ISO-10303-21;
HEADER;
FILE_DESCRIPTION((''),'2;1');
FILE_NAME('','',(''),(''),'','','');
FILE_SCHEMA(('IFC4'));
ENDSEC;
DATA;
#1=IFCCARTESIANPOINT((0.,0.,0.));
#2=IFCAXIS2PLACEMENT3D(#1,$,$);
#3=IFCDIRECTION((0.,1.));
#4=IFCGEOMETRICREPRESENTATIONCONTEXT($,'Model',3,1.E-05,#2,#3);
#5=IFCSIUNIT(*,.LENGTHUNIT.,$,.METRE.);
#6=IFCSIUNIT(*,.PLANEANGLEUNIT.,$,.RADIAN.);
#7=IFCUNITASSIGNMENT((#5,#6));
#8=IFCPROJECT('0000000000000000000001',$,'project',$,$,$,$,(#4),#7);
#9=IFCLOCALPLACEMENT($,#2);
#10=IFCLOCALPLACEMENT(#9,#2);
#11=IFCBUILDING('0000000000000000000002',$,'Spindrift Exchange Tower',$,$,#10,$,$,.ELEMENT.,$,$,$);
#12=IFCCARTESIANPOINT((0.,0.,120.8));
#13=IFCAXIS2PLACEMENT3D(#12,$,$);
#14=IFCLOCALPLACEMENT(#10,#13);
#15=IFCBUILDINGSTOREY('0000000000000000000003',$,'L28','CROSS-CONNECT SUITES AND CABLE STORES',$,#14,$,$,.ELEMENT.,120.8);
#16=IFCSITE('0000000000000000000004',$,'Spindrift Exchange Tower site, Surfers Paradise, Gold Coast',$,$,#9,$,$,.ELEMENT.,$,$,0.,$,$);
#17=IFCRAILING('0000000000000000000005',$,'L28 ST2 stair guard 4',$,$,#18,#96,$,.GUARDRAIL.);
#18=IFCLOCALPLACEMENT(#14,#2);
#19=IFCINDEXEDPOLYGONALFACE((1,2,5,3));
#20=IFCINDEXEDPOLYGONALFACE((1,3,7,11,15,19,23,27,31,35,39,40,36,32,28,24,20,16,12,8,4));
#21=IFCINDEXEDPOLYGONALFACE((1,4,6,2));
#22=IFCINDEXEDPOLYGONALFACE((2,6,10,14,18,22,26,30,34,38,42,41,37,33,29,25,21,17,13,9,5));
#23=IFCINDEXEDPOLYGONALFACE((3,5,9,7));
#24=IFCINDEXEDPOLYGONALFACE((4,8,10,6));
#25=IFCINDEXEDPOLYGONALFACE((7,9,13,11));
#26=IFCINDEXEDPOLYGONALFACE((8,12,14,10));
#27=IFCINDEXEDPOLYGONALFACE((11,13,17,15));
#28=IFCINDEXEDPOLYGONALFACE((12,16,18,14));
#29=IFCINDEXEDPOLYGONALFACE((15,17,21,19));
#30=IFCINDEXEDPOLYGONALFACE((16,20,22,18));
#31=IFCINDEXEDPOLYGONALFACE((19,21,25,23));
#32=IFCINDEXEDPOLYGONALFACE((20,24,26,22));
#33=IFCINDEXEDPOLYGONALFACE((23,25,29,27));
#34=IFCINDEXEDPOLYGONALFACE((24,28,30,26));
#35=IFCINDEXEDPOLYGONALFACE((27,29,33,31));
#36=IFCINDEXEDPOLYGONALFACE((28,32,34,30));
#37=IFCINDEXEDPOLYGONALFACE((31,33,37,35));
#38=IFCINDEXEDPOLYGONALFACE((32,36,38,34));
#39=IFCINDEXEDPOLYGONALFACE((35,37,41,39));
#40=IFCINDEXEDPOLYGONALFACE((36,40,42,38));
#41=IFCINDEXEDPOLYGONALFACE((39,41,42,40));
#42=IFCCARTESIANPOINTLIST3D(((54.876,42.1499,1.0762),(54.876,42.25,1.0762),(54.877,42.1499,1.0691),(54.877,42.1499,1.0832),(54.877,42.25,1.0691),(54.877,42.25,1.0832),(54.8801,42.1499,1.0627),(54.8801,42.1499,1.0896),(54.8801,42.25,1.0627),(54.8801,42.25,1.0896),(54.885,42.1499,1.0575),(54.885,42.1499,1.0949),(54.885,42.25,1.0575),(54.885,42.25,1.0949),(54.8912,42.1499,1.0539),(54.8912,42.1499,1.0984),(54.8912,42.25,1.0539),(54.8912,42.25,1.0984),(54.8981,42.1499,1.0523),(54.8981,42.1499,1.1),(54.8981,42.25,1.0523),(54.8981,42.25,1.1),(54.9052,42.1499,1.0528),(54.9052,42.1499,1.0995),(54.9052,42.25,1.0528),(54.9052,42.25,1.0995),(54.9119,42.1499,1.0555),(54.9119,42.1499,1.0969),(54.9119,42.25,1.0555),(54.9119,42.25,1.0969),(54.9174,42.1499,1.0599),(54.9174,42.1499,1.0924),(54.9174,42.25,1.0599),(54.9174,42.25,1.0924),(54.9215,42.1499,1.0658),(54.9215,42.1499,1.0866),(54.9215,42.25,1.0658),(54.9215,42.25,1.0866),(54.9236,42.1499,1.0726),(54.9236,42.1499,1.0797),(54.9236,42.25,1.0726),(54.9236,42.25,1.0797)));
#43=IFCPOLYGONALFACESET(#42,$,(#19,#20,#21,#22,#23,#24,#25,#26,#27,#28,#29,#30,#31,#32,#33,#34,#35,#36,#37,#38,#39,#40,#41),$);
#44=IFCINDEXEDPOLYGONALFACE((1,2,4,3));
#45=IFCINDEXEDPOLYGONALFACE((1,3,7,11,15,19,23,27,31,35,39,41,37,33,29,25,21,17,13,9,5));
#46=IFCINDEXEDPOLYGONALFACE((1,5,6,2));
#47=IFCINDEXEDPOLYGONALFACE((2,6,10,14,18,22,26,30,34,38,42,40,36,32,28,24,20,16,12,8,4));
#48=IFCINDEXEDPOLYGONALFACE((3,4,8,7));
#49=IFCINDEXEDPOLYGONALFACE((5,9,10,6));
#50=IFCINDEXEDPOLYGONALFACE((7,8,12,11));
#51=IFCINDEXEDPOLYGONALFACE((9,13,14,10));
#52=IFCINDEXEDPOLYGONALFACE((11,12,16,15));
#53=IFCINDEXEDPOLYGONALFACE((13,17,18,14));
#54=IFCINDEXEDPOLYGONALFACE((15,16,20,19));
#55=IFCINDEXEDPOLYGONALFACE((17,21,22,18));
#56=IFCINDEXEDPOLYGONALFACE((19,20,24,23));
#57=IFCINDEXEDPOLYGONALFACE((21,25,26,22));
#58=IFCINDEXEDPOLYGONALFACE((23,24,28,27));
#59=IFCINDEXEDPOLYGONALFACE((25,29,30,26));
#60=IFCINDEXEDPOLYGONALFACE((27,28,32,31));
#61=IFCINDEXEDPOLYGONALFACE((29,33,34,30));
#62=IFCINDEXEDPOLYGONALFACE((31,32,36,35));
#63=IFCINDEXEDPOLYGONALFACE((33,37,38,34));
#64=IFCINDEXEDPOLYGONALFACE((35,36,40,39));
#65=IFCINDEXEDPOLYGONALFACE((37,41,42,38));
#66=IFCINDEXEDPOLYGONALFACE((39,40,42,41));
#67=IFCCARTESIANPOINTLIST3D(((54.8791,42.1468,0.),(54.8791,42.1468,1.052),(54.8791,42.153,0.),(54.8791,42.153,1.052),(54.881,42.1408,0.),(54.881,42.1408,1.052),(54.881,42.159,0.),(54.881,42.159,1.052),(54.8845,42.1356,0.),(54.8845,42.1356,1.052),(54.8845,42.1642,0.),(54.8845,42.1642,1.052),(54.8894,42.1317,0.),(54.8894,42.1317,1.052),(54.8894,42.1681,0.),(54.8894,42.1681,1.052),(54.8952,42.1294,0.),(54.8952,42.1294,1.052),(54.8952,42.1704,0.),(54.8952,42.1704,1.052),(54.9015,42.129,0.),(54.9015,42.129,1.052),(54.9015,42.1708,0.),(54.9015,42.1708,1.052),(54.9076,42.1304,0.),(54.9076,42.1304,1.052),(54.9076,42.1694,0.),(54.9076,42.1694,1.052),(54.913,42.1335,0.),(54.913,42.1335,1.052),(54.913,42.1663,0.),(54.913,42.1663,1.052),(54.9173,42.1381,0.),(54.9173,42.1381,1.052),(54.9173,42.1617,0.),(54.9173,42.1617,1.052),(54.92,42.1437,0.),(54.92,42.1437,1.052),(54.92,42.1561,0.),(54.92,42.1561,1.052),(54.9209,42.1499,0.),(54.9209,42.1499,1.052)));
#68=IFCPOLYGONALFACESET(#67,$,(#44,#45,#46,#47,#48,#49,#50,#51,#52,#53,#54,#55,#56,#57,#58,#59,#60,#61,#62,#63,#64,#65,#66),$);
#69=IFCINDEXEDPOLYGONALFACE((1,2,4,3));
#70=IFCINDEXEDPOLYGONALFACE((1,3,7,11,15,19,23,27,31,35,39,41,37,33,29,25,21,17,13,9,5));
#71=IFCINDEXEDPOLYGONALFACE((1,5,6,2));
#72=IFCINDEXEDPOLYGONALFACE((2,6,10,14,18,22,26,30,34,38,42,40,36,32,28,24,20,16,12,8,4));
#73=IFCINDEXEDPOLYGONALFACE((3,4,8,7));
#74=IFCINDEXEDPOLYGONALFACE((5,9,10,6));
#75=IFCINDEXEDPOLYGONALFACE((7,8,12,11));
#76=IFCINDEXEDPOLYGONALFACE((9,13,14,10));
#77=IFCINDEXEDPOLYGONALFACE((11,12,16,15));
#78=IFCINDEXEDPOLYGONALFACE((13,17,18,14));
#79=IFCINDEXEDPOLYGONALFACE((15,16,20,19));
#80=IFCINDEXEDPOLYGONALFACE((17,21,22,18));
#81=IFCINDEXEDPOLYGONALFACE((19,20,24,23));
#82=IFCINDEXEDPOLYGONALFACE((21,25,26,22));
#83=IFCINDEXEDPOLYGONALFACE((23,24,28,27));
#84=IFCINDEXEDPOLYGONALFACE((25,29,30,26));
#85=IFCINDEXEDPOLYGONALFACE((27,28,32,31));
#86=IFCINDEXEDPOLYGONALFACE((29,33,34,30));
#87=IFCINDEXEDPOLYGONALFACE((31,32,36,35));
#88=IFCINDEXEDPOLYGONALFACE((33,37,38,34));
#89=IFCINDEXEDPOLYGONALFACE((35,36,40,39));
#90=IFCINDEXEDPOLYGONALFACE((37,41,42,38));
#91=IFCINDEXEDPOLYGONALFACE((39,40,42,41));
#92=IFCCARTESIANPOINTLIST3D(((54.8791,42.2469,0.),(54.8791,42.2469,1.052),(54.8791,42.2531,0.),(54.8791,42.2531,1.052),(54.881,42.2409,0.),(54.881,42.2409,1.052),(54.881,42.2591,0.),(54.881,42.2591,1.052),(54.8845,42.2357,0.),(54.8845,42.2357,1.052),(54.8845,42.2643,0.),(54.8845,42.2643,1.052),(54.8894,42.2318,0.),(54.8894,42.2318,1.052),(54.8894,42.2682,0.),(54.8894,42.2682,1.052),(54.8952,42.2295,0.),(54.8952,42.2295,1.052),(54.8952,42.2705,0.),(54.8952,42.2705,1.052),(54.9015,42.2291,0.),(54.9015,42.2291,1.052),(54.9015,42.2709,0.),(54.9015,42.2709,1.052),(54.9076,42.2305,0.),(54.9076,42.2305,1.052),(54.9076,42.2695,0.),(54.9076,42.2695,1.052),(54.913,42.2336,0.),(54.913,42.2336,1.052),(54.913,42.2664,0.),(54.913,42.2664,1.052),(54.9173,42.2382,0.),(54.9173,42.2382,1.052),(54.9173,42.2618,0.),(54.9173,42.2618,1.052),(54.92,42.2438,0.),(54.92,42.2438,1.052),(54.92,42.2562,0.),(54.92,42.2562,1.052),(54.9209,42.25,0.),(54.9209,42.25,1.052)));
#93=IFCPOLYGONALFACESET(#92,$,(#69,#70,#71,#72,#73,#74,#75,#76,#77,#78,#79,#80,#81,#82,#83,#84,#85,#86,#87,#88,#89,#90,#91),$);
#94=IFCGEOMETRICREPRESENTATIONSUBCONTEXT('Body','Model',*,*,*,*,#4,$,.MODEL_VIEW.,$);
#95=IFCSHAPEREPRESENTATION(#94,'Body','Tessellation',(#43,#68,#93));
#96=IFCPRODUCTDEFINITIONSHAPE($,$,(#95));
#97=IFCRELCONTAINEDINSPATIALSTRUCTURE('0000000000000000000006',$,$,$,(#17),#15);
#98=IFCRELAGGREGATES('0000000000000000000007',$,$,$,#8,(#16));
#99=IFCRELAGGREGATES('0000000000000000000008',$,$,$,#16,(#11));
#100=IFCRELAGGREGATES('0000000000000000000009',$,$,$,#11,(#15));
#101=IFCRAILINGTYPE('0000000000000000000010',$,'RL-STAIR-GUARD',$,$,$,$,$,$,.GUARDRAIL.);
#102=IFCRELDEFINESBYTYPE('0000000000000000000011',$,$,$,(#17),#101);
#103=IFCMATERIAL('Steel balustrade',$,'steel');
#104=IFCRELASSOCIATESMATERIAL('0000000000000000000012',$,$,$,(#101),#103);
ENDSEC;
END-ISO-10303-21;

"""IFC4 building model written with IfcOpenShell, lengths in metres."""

from ifc_helpers import new_model, si_unit, direction, frame, origin, origin_2d, place, context, subcontext, project, spatial, circle, extrude, material, type_object, element, save


model = new_model("IFC4")

# Units and contexts
model_context = context("Model", 3, precision=1e-05, world=origin(), true_north=direction((0.0, 1.0)))
body_context = subcontext(model_context, "Body", "Model", "MODEL_VIEW")
ifc_project = project(units=[si_unit("LENGTHUNIT", "METRE"), si_unit("PLANEANGLEUNIT", "RADIAN")], contexts=[model_context])

# Site, building, storey
site_placement = place(None, origin())
site = spatial("IfcSite", under=ifc_project, at=site_placement, Name="Spindrift Exchange Tower site, Surfers Paradise, Gold Coast", CompositionType="ELEMENT", RefElevation=0.0)
building_placement = place(site_placement, origin())
building = spatial("IfcBuilding", under=site, at=building_placement, Name="Spindrift Exchange Tower", CompositionType="ELEMENT")
storey_placement = place(building_placement, frame((0.0, 0.0, 120.8)))
storey = spatial("IfcBuildingStorey", under=building, at=storey_placement, Name="L28", Description="CROSS-CONNECT SUITES AND CABLE STORES", CompositionType="ELEMENT", Elevation=120.8)

# Railing
ifc_material_1 = material(Name="Steel balustrade", Category="steel")
railing_type_1 = type_object("IfcRailingType", Name="RL-STAIR-GUARD", PredefinedType="GUARDRAIL", material=ifc_material_1)
railing_1_placement = place(storey_placement, frame((54.8999, 42.1499, 0.0)))
element("IfcRailing", 1, at=railing_1_placement, inside=storey, type_object=railing_type_1, Name="L28 ST2 stair guard 4", PredefinedType="GUARDRAIL", context=body_context, shape_type="SweptSolid", body=[
    extrude(circle(Radius=0.0239, at=origin_2d()), frame((0.0, 0.0, 1.0762), z_axis=(0.0, 1.0, 0.0), x_axis=(-1.0, 0.0, 0.0)), (0.0, 0.0, 1.0), 0.1001),
    extrude(circle(Radius=0.021, at=origin_2d()), origin(), (0.0, 0.0, 1.0), 1.052),
    extrude(circle(Radius=0.021, at=origin_2d()), frame((0.0, 0.1001, 0.0)), (0.0, 0.0, 1.0), 1.052),
])

save(model, "model.ifc")
